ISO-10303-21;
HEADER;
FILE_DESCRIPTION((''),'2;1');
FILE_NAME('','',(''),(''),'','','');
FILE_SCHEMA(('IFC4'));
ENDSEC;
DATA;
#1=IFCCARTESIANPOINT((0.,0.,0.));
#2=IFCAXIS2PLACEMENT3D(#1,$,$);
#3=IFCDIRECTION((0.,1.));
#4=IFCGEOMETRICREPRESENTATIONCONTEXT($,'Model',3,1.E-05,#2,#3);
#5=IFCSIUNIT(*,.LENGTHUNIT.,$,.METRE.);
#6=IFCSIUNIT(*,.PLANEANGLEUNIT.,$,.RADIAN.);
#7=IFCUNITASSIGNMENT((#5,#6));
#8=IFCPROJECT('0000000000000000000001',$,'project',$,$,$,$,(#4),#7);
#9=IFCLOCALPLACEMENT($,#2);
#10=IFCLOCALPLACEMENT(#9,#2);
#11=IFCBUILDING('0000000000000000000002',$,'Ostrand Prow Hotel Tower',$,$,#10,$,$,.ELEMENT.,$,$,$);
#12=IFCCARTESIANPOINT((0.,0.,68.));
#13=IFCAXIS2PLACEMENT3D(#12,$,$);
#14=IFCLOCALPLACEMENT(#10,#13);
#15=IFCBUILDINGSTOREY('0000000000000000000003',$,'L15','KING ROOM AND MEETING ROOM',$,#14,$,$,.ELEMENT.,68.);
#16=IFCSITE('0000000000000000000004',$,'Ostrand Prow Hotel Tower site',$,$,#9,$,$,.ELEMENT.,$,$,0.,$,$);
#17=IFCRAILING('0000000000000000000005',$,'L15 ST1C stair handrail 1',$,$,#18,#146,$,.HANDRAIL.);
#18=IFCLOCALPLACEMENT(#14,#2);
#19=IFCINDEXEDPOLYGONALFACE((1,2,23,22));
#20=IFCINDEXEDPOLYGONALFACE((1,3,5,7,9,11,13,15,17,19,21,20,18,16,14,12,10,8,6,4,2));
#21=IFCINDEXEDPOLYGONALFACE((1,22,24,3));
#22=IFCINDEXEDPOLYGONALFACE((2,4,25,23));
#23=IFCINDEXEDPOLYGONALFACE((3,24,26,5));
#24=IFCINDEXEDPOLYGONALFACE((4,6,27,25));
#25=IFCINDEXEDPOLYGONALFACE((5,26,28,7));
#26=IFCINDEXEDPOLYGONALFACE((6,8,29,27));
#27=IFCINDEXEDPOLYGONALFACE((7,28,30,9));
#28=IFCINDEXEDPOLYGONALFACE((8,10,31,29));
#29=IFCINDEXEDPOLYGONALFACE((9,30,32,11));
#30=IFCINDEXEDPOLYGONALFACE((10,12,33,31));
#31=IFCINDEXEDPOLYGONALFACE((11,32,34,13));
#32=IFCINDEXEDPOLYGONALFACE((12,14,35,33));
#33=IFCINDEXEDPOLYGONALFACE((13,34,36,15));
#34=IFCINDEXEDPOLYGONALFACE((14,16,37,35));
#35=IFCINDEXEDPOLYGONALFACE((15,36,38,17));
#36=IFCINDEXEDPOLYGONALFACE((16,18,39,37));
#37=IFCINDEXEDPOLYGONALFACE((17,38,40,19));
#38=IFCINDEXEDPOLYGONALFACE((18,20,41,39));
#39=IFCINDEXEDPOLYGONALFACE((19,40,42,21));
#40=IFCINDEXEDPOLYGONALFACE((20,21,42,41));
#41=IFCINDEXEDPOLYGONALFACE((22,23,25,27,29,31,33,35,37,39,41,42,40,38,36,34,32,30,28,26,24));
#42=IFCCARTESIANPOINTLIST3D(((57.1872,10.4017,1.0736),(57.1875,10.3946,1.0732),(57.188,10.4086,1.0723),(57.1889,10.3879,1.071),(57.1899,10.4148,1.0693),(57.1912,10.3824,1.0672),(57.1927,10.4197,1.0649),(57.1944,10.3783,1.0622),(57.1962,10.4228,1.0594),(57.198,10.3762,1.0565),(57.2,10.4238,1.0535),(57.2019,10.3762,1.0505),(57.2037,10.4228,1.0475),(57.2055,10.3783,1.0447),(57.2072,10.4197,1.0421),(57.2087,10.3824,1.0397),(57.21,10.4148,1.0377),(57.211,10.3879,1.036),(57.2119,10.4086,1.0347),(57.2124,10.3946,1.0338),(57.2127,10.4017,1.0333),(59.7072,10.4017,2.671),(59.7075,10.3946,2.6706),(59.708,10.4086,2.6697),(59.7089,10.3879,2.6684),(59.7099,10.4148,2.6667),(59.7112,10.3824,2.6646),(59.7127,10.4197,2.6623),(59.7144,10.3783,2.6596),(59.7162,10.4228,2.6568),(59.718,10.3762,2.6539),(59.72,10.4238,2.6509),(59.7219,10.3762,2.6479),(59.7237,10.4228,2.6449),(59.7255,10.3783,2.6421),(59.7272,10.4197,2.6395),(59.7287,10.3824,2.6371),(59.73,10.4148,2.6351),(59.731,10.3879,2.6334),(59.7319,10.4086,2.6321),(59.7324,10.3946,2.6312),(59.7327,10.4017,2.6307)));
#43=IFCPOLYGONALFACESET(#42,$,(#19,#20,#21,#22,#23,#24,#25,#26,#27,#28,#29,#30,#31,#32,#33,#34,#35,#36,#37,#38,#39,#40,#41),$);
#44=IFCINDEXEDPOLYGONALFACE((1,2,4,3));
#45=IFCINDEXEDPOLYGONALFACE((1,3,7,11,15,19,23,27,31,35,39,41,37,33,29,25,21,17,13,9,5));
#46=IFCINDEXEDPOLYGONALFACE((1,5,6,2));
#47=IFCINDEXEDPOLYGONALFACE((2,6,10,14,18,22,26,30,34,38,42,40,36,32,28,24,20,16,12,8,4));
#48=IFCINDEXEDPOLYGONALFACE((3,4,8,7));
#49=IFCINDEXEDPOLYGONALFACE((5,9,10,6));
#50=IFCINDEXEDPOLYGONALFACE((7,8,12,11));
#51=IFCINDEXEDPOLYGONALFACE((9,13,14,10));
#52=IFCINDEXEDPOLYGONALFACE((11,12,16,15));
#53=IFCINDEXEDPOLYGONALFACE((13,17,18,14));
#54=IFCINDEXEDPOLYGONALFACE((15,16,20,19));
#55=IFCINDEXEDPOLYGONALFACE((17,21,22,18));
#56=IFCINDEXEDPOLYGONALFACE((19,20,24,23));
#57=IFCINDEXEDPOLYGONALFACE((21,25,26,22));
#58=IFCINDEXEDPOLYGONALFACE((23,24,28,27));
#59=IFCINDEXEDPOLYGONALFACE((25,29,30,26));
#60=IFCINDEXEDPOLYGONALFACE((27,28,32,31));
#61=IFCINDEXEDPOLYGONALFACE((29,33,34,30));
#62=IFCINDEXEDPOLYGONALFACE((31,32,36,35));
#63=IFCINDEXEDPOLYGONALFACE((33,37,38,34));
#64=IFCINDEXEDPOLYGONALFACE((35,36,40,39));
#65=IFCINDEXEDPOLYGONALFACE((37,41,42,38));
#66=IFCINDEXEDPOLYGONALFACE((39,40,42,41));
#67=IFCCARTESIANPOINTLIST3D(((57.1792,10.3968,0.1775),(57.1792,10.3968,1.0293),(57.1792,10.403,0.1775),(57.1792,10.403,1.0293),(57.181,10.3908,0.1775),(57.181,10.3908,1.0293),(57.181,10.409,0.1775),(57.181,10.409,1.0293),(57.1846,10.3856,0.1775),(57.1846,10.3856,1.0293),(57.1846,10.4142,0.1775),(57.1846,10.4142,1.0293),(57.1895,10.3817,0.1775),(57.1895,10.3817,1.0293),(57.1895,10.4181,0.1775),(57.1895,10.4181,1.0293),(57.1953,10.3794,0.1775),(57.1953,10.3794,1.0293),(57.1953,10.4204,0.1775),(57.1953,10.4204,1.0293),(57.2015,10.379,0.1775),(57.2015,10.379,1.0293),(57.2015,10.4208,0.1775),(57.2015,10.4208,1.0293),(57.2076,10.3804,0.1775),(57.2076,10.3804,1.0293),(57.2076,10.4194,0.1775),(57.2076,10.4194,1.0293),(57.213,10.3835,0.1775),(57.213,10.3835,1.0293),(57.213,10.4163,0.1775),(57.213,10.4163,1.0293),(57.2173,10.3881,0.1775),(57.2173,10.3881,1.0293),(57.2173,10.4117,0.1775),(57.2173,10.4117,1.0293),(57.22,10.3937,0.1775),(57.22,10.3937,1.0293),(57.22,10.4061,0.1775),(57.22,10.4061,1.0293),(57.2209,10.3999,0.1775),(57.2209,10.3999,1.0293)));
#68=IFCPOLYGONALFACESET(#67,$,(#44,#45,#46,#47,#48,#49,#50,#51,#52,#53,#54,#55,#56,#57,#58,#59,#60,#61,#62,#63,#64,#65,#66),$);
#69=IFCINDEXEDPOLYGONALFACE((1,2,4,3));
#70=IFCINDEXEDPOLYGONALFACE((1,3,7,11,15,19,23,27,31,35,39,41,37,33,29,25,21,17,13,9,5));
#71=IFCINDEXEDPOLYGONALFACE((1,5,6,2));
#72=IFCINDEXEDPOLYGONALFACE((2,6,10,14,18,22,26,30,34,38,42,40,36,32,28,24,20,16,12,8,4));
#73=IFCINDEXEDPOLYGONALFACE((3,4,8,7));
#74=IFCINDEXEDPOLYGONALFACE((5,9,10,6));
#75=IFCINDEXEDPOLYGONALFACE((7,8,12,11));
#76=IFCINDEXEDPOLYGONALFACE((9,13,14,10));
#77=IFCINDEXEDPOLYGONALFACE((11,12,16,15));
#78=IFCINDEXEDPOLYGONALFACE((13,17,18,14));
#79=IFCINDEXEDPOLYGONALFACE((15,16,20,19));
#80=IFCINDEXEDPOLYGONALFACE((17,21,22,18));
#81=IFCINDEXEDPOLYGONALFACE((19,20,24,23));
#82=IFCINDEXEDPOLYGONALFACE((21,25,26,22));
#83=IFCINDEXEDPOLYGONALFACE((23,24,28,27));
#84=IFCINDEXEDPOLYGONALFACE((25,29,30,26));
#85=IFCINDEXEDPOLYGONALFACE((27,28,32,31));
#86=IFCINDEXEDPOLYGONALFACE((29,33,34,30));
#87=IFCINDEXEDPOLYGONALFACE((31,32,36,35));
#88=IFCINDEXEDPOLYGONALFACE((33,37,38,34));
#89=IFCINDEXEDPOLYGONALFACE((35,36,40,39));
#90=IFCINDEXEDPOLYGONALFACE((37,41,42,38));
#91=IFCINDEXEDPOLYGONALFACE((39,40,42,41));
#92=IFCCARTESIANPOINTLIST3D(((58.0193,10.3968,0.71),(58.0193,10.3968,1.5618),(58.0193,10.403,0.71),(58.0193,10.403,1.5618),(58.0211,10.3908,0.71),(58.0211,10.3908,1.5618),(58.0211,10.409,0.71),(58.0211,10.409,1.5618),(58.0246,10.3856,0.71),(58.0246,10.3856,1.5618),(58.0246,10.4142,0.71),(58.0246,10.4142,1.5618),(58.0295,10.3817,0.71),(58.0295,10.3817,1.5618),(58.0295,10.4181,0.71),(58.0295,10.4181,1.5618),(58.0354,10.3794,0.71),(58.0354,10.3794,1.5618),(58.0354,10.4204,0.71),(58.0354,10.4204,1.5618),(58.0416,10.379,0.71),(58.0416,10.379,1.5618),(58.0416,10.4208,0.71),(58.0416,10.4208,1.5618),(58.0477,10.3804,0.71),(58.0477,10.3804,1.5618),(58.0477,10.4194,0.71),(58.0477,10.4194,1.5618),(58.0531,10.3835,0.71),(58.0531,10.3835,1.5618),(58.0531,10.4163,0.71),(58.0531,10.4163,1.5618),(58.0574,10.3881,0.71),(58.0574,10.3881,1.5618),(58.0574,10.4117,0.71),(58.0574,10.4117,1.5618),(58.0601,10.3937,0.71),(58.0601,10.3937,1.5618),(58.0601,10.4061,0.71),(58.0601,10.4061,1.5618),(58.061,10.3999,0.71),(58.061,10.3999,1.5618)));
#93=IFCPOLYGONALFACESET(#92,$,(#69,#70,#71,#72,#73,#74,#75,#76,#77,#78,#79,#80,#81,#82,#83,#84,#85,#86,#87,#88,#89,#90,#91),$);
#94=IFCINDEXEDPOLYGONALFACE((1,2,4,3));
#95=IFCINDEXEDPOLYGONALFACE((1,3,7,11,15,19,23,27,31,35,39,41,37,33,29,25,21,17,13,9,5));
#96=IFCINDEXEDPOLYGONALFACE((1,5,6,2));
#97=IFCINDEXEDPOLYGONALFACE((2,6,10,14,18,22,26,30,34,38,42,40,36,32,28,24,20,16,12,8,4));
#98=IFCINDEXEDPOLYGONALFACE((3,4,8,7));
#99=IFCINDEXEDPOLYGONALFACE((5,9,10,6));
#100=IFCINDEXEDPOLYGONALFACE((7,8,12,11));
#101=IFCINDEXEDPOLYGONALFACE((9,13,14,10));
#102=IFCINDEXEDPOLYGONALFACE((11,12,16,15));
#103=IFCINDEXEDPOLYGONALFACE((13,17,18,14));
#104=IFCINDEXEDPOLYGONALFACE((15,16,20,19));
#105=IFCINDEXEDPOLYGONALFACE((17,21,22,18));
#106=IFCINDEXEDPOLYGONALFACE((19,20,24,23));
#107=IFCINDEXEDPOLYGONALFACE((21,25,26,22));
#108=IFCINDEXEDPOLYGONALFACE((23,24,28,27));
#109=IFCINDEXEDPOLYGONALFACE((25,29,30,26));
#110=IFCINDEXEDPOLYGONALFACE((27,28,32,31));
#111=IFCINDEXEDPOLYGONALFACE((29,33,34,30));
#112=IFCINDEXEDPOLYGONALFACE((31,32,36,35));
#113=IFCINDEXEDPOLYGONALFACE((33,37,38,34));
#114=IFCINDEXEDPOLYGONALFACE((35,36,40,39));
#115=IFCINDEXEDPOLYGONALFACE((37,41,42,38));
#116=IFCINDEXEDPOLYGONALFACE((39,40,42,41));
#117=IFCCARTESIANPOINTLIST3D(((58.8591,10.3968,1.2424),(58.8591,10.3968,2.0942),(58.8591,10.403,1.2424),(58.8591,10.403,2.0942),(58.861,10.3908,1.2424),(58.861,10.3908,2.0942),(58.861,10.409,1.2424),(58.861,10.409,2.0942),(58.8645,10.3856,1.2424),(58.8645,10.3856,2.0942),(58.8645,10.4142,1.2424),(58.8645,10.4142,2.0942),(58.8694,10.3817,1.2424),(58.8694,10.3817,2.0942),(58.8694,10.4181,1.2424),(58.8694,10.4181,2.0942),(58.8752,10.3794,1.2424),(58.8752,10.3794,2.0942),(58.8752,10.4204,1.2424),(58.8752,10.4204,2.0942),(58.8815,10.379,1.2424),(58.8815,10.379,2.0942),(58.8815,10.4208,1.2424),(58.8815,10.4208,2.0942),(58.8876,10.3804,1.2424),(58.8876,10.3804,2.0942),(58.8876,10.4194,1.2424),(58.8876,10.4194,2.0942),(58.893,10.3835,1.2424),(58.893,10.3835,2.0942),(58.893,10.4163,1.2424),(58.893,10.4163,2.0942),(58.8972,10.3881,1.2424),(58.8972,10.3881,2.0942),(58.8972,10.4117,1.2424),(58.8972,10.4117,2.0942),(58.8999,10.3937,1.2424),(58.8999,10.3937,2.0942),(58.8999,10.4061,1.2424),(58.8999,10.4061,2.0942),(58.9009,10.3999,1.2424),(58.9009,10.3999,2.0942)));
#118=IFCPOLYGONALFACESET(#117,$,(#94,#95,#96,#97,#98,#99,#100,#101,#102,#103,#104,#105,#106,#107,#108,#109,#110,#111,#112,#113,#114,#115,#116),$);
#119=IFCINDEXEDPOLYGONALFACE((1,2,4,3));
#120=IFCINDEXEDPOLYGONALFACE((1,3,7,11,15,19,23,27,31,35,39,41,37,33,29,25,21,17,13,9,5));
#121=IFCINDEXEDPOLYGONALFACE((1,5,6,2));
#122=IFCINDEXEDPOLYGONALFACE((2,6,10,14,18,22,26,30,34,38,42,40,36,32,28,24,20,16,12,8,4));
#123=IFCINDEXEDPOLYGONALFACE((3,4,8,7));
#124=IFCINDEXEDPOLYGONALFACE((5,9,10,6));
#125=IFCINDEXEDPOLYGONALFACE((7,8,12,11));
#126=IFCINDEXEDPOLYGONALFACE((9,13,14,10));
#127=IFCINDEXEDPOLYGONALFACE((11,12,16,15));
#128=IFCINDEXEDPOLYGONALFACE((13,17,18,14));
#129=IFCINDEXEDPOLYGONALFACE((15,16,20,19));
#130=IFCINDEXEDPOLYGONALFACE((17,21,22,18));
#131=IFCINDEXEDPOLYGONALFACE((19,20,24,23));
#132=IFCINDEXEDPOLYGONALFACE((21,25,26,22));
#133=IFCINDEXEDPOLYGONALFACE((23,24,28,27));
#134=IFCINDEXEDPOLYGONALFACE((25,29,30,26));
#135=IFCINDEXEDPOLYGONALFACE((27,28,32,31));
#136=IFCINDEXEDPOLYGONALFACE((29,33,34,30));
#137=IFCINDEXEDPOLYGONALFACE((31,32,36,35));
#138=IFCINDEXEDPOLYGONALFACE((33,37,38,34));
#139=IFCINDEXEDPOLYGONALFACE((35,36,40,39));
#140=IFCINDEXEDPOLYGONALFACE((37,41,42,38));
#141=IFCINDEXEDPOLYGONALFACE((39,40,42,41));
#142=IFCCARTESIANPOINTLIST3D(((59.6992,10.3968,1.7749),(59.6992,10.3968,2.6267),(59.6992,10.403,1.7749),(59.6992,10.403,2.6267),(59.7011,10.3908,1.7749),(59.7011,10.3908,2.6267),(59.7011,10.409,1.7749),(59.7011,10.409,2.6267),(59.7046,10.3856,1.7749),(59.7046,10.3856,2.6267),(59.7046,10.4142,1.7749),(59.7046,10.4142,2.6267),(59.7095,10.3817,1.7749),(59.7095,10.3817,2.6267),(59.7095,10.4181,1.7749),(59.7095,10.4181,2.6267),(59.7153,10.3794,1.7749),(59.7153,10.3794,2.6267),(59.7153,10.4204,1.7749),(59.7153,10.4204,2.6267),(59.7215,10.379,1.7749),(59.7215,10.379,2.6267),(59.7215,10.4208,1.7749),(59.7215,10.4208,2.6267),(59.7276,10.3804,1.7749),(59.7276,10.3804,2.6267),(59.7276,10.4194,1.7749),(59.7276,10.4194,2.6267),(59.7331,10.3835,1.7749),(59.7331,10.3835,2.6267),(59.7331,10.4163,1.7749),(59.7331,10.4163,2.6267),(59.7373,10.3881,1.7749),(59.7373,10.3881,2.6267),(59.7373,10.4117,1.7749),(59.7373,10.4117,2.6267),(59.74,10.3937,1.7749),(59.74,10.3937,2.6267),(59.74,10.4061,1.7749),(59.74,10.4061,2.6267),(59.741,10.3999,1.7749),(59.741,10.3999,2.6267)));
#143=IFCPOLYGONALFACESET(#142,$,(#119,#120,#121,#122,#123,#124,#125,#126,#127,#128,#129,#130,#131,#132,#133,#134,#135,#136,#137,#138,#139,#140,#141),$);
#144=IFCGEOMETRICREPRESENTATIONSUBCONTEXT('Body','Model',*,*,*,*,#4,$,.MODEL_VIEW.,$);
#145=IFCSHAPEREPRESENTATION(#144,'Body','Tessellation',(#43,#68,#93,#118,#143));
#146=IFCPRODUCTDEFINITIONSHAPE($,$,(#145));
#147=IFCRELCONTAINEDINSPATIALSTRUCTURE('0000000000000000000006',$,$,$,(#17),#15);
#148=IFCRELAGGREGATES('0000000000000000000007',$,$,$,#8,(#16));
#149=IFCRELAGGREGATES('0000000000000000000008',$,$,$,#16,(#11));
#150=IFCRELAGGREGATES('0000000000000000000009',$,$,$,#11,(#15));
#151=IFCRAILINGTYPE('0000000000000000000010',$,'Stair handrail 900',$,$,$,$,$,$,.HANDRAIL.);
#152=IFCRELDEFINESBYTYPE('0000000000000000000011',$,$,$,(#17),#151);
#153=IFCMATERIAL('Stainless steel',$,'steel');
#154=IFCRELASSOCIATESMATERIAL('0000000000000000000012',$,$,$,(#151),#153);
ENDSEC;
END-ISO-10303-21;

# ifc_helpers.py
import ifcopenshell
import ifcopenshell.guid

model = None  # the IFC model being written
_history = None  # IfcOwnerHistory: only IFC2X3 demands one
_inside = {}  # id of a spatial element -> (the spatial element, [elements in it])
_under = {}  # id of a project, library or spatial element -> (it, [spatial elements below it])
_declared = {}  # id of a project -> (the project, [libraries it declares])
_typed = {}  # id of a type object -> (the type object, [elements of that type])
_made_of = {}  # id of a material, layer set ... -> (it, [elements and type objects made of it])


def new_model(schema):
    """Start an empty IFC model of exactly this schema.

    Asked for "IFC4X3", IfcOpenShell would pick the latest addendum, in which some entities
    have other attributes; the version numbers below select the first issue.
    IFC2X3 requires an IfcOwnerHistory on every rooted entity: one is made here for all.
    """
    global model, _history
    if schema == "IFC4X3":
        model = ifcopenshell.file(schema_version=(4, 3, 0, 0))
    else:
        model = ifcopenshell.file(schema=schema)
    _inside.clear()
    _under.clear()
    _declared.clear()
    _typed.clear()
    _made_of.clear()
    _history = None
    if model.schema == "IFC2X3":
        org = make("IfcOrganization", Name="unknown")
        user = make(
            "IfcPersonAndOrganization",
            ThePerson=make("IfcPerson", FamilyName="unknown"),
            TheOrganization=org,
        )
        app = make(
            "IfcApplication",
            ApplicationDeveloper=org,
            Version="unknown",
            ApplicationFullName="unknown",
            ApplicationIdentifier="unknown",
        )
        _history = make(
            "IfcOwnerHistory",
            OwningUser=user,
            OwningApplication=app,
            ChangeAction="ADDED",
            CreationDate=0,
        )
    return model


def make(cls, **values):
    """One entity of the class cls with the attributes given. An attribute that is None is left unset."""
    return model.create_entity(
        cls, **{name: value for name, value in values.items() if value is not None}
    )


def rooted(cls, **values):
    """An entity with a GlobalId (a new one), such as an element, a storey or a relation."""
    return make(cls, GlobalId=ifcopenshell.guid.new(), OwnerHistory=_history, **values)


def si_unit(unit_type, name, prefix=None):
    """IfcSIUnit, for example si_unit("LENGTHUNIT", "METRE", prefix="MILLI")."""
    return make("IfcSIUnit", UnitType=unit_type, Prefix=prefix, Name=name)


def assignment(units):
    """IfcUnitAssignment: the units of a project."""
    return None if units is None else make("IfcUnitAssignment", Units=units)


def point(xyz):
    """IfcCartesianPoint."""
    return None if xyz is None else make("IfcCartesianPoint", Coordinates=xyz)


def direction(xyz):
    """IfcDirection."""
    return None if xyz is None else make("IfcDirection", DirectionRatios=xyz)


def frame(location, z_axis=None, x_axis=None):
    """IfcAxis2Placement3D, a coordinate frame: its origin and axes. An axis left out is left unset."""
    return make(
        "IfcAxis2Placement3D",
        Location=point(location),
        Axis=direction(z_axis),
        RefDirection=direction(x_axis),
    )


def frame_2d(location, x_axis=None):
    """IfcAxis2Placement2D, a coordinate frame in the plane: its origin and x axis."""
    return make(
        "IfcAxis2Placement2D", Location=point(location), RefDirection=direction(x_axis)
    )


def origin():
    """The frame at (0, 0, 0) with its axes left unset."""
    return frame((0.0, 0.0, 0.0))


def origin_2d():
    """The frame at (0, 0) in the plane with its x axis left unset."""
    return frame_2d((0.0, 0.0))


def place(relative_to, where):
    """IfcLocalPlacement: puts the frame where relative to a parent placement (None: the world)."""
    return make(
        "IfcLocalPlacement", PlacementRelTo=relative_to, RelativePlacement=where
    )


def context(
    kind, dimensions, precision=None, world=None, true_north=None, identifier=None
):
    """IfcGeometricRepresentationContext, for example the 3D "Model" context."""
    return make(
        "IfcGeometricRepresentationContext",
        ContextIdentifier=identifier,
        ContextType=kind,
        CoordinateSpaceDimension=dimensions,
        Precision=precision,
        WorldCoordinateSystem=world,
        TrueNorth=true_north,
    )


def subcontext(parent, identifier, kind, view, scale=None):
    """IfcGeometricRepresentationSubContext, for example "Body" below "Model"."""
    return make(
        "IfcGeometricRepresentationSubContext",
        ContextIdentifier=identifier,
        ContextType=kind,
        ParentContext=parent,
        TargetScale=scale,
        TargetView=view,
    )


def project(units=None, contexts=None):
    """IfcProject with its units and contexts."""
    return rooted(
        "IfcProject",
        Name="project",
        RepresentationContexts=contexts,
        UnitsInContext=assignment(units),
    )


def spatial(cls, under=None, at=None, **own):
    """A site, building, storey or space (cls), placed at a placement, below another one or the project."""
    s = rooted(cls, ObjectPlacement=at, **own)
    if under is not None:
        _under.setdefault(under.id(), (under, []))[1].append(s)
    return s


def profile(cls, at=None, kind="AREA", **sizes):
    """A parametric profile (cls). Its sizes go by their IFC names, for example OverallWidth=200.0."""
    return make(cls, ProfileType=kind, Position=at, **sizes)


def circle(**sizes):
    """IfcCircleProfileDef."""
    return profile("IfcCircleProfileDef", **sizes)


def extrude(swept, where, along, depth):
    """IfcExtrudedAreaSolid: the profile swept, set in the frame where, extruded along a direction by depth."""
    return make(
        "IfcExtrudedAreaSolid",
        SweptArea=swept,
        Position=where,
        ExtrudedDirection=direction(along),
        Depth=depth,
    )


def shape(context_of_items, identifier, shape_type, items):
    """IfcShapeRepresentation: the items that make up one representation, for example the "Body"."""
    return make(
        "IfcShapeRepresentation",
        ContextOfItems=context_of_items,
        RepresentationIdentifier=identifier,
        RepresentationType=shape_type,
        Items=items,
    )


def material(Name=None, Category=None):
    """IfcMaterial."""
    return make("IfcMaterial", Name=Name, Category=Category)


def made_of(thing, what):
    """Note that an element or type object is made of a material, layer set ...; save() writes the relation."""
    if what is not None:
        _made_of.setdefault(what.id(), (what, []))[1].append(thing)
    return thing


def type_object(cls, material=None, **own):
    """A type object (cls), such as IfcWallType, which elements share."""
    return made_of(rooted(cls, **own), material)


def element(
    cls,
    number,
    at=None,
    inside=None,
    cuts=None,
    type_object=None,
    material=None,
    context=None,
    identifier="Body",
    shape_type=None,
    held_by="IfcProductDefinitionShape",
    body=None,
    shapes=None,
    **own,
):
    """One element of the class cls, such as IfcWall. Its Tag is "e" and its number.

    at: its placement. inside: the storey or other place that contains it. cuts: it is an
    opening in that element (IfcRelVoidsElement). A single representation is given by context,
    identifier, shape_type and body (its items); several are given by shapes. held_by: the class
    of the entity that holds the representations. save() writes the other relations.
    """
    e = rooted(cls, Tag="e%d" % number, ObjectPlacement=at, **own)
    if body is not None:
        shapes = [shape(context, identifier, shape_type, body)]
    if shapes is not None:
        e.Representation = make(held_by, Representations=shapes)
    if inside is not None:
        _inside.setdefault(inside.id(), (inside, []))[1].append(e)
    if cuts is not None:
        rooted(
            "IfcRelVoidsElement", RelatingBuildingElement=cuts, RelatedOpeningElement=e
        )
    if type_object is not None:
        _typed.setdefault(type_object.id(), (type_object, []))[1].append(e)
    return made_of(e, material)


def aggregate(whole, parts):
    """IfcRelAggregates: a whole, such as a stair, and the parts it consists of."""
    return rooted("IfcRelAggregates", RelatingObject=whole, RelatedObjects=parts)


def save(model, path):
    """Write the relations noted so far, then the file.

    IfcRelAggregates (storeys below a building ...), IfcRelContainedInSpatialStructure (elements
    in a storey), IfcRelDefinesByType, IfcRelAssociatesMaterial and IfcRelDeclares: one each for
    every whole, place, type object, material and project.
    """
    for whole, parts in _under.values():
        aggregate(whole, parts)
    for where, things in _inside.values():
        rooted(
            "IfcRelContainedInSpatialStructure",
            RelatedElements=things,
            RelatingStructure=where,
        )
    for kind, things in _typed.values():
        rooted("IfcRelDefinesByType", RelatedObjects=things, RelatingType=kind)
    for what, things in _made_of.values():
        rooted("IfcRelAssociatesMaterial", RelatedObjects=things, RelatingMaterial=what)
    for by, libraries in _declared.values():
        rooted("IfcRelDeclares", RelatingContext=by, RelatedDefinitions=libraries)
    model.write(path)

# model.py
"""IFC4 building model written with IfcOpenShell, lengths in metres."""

from ifc_helpers import new_model, si_unit, direction, frame, origin, origin_2d, place, context, subcontext, project, spatial, circle, extrude, material, type_object, element, save


model = new_model("IFC4")

# Units and contexts
model_context = context("Model", 3, precision=1e-05, world=origin(), true_north=direction((0.0, 1.0)))
body_context = subcontext(model_context, "Body", "Model", "MODEL_VIEW")
ifc_project = project(units=[si_unit("LENGTHUNIT", "METRE"), si_unit("PLANEANGLEUNIT", "RADIAN")], contexts=[model_context])

# Site, building, storey
site_placement = place(None, origin())
site = spatial("IfcSite", under=ifc_project, at=site_placement, Name="Ostrand Prow Hotel Tower site", CompositionType="ELEMENT", RefElevation=0.0)
building_placement = place(site_placement, origin())
building = spatial("IfcBuilding", under=site, at=building_placement, Name="Ostrand Prow Hotel Tower", CompositionType="ELEMENT")
storey_placement = place(building_placement, frame((0.0, 0.0, 68.0)))
storey = spatial("IfcBuildingStorey", under=building, at=storey_placement, Name="L15", Description="KING ROOM AND MEETING ROOM", CompositionType="ELEMENT", Elevation=68.0)

# Railing
ifc_material_1 = material(Name="Stainless steel", Category="steel")
railing_type_1 = type_object("IfcRailingType", Name="Stair handrail 900", PredefinedType="HANDRAIL", material=ifc_material_1)
railing_1_placement = place(storey_placement, frame((57.2, 10.3999, 0.1775)))
element("IfcRailing", 1, at=railing_1_placement, inside=storey, type_object=railing_type_1, Name="L15 ST1C stair handrail 1", PredefinedType="HANDRAIL", context=body_context, shape_type="SweptSolid", body=[
    extrude(circle(Radius=0.0239, at=origin_2d()), frame((0.0, 0.0, 0.876), z_axis=(0.844607, 0.0, 0.535387), x_axis=(0.0, 1.0, 0.0)), (0.0, 0.0, 1.0), 2.9836),
    extrude(circle(Radius=0.021, at=origin_2d()), origin(), (0.0, 0.0, 1.0), 0.8518),
    extrude(circle(Radius=0.021, at=origin_2d()), frame((0.8401, 0.0, 0.5325)), (0.0, 0.0, 1.0), 0.8518),
    extrude(circle(Radius=0.021, at=origin_2d()), frame((1.6799, 0.0, 1.0649)), (0.0, 0.0, 1.0), 0.8518),
    extrude(circle(Radius=0.021, at=origin_2d()), frame((2.52, 0.0, 1.5974)), (0.0, 0.0, 1.0), 0.8518),
])

save(model, "model.ifc")
